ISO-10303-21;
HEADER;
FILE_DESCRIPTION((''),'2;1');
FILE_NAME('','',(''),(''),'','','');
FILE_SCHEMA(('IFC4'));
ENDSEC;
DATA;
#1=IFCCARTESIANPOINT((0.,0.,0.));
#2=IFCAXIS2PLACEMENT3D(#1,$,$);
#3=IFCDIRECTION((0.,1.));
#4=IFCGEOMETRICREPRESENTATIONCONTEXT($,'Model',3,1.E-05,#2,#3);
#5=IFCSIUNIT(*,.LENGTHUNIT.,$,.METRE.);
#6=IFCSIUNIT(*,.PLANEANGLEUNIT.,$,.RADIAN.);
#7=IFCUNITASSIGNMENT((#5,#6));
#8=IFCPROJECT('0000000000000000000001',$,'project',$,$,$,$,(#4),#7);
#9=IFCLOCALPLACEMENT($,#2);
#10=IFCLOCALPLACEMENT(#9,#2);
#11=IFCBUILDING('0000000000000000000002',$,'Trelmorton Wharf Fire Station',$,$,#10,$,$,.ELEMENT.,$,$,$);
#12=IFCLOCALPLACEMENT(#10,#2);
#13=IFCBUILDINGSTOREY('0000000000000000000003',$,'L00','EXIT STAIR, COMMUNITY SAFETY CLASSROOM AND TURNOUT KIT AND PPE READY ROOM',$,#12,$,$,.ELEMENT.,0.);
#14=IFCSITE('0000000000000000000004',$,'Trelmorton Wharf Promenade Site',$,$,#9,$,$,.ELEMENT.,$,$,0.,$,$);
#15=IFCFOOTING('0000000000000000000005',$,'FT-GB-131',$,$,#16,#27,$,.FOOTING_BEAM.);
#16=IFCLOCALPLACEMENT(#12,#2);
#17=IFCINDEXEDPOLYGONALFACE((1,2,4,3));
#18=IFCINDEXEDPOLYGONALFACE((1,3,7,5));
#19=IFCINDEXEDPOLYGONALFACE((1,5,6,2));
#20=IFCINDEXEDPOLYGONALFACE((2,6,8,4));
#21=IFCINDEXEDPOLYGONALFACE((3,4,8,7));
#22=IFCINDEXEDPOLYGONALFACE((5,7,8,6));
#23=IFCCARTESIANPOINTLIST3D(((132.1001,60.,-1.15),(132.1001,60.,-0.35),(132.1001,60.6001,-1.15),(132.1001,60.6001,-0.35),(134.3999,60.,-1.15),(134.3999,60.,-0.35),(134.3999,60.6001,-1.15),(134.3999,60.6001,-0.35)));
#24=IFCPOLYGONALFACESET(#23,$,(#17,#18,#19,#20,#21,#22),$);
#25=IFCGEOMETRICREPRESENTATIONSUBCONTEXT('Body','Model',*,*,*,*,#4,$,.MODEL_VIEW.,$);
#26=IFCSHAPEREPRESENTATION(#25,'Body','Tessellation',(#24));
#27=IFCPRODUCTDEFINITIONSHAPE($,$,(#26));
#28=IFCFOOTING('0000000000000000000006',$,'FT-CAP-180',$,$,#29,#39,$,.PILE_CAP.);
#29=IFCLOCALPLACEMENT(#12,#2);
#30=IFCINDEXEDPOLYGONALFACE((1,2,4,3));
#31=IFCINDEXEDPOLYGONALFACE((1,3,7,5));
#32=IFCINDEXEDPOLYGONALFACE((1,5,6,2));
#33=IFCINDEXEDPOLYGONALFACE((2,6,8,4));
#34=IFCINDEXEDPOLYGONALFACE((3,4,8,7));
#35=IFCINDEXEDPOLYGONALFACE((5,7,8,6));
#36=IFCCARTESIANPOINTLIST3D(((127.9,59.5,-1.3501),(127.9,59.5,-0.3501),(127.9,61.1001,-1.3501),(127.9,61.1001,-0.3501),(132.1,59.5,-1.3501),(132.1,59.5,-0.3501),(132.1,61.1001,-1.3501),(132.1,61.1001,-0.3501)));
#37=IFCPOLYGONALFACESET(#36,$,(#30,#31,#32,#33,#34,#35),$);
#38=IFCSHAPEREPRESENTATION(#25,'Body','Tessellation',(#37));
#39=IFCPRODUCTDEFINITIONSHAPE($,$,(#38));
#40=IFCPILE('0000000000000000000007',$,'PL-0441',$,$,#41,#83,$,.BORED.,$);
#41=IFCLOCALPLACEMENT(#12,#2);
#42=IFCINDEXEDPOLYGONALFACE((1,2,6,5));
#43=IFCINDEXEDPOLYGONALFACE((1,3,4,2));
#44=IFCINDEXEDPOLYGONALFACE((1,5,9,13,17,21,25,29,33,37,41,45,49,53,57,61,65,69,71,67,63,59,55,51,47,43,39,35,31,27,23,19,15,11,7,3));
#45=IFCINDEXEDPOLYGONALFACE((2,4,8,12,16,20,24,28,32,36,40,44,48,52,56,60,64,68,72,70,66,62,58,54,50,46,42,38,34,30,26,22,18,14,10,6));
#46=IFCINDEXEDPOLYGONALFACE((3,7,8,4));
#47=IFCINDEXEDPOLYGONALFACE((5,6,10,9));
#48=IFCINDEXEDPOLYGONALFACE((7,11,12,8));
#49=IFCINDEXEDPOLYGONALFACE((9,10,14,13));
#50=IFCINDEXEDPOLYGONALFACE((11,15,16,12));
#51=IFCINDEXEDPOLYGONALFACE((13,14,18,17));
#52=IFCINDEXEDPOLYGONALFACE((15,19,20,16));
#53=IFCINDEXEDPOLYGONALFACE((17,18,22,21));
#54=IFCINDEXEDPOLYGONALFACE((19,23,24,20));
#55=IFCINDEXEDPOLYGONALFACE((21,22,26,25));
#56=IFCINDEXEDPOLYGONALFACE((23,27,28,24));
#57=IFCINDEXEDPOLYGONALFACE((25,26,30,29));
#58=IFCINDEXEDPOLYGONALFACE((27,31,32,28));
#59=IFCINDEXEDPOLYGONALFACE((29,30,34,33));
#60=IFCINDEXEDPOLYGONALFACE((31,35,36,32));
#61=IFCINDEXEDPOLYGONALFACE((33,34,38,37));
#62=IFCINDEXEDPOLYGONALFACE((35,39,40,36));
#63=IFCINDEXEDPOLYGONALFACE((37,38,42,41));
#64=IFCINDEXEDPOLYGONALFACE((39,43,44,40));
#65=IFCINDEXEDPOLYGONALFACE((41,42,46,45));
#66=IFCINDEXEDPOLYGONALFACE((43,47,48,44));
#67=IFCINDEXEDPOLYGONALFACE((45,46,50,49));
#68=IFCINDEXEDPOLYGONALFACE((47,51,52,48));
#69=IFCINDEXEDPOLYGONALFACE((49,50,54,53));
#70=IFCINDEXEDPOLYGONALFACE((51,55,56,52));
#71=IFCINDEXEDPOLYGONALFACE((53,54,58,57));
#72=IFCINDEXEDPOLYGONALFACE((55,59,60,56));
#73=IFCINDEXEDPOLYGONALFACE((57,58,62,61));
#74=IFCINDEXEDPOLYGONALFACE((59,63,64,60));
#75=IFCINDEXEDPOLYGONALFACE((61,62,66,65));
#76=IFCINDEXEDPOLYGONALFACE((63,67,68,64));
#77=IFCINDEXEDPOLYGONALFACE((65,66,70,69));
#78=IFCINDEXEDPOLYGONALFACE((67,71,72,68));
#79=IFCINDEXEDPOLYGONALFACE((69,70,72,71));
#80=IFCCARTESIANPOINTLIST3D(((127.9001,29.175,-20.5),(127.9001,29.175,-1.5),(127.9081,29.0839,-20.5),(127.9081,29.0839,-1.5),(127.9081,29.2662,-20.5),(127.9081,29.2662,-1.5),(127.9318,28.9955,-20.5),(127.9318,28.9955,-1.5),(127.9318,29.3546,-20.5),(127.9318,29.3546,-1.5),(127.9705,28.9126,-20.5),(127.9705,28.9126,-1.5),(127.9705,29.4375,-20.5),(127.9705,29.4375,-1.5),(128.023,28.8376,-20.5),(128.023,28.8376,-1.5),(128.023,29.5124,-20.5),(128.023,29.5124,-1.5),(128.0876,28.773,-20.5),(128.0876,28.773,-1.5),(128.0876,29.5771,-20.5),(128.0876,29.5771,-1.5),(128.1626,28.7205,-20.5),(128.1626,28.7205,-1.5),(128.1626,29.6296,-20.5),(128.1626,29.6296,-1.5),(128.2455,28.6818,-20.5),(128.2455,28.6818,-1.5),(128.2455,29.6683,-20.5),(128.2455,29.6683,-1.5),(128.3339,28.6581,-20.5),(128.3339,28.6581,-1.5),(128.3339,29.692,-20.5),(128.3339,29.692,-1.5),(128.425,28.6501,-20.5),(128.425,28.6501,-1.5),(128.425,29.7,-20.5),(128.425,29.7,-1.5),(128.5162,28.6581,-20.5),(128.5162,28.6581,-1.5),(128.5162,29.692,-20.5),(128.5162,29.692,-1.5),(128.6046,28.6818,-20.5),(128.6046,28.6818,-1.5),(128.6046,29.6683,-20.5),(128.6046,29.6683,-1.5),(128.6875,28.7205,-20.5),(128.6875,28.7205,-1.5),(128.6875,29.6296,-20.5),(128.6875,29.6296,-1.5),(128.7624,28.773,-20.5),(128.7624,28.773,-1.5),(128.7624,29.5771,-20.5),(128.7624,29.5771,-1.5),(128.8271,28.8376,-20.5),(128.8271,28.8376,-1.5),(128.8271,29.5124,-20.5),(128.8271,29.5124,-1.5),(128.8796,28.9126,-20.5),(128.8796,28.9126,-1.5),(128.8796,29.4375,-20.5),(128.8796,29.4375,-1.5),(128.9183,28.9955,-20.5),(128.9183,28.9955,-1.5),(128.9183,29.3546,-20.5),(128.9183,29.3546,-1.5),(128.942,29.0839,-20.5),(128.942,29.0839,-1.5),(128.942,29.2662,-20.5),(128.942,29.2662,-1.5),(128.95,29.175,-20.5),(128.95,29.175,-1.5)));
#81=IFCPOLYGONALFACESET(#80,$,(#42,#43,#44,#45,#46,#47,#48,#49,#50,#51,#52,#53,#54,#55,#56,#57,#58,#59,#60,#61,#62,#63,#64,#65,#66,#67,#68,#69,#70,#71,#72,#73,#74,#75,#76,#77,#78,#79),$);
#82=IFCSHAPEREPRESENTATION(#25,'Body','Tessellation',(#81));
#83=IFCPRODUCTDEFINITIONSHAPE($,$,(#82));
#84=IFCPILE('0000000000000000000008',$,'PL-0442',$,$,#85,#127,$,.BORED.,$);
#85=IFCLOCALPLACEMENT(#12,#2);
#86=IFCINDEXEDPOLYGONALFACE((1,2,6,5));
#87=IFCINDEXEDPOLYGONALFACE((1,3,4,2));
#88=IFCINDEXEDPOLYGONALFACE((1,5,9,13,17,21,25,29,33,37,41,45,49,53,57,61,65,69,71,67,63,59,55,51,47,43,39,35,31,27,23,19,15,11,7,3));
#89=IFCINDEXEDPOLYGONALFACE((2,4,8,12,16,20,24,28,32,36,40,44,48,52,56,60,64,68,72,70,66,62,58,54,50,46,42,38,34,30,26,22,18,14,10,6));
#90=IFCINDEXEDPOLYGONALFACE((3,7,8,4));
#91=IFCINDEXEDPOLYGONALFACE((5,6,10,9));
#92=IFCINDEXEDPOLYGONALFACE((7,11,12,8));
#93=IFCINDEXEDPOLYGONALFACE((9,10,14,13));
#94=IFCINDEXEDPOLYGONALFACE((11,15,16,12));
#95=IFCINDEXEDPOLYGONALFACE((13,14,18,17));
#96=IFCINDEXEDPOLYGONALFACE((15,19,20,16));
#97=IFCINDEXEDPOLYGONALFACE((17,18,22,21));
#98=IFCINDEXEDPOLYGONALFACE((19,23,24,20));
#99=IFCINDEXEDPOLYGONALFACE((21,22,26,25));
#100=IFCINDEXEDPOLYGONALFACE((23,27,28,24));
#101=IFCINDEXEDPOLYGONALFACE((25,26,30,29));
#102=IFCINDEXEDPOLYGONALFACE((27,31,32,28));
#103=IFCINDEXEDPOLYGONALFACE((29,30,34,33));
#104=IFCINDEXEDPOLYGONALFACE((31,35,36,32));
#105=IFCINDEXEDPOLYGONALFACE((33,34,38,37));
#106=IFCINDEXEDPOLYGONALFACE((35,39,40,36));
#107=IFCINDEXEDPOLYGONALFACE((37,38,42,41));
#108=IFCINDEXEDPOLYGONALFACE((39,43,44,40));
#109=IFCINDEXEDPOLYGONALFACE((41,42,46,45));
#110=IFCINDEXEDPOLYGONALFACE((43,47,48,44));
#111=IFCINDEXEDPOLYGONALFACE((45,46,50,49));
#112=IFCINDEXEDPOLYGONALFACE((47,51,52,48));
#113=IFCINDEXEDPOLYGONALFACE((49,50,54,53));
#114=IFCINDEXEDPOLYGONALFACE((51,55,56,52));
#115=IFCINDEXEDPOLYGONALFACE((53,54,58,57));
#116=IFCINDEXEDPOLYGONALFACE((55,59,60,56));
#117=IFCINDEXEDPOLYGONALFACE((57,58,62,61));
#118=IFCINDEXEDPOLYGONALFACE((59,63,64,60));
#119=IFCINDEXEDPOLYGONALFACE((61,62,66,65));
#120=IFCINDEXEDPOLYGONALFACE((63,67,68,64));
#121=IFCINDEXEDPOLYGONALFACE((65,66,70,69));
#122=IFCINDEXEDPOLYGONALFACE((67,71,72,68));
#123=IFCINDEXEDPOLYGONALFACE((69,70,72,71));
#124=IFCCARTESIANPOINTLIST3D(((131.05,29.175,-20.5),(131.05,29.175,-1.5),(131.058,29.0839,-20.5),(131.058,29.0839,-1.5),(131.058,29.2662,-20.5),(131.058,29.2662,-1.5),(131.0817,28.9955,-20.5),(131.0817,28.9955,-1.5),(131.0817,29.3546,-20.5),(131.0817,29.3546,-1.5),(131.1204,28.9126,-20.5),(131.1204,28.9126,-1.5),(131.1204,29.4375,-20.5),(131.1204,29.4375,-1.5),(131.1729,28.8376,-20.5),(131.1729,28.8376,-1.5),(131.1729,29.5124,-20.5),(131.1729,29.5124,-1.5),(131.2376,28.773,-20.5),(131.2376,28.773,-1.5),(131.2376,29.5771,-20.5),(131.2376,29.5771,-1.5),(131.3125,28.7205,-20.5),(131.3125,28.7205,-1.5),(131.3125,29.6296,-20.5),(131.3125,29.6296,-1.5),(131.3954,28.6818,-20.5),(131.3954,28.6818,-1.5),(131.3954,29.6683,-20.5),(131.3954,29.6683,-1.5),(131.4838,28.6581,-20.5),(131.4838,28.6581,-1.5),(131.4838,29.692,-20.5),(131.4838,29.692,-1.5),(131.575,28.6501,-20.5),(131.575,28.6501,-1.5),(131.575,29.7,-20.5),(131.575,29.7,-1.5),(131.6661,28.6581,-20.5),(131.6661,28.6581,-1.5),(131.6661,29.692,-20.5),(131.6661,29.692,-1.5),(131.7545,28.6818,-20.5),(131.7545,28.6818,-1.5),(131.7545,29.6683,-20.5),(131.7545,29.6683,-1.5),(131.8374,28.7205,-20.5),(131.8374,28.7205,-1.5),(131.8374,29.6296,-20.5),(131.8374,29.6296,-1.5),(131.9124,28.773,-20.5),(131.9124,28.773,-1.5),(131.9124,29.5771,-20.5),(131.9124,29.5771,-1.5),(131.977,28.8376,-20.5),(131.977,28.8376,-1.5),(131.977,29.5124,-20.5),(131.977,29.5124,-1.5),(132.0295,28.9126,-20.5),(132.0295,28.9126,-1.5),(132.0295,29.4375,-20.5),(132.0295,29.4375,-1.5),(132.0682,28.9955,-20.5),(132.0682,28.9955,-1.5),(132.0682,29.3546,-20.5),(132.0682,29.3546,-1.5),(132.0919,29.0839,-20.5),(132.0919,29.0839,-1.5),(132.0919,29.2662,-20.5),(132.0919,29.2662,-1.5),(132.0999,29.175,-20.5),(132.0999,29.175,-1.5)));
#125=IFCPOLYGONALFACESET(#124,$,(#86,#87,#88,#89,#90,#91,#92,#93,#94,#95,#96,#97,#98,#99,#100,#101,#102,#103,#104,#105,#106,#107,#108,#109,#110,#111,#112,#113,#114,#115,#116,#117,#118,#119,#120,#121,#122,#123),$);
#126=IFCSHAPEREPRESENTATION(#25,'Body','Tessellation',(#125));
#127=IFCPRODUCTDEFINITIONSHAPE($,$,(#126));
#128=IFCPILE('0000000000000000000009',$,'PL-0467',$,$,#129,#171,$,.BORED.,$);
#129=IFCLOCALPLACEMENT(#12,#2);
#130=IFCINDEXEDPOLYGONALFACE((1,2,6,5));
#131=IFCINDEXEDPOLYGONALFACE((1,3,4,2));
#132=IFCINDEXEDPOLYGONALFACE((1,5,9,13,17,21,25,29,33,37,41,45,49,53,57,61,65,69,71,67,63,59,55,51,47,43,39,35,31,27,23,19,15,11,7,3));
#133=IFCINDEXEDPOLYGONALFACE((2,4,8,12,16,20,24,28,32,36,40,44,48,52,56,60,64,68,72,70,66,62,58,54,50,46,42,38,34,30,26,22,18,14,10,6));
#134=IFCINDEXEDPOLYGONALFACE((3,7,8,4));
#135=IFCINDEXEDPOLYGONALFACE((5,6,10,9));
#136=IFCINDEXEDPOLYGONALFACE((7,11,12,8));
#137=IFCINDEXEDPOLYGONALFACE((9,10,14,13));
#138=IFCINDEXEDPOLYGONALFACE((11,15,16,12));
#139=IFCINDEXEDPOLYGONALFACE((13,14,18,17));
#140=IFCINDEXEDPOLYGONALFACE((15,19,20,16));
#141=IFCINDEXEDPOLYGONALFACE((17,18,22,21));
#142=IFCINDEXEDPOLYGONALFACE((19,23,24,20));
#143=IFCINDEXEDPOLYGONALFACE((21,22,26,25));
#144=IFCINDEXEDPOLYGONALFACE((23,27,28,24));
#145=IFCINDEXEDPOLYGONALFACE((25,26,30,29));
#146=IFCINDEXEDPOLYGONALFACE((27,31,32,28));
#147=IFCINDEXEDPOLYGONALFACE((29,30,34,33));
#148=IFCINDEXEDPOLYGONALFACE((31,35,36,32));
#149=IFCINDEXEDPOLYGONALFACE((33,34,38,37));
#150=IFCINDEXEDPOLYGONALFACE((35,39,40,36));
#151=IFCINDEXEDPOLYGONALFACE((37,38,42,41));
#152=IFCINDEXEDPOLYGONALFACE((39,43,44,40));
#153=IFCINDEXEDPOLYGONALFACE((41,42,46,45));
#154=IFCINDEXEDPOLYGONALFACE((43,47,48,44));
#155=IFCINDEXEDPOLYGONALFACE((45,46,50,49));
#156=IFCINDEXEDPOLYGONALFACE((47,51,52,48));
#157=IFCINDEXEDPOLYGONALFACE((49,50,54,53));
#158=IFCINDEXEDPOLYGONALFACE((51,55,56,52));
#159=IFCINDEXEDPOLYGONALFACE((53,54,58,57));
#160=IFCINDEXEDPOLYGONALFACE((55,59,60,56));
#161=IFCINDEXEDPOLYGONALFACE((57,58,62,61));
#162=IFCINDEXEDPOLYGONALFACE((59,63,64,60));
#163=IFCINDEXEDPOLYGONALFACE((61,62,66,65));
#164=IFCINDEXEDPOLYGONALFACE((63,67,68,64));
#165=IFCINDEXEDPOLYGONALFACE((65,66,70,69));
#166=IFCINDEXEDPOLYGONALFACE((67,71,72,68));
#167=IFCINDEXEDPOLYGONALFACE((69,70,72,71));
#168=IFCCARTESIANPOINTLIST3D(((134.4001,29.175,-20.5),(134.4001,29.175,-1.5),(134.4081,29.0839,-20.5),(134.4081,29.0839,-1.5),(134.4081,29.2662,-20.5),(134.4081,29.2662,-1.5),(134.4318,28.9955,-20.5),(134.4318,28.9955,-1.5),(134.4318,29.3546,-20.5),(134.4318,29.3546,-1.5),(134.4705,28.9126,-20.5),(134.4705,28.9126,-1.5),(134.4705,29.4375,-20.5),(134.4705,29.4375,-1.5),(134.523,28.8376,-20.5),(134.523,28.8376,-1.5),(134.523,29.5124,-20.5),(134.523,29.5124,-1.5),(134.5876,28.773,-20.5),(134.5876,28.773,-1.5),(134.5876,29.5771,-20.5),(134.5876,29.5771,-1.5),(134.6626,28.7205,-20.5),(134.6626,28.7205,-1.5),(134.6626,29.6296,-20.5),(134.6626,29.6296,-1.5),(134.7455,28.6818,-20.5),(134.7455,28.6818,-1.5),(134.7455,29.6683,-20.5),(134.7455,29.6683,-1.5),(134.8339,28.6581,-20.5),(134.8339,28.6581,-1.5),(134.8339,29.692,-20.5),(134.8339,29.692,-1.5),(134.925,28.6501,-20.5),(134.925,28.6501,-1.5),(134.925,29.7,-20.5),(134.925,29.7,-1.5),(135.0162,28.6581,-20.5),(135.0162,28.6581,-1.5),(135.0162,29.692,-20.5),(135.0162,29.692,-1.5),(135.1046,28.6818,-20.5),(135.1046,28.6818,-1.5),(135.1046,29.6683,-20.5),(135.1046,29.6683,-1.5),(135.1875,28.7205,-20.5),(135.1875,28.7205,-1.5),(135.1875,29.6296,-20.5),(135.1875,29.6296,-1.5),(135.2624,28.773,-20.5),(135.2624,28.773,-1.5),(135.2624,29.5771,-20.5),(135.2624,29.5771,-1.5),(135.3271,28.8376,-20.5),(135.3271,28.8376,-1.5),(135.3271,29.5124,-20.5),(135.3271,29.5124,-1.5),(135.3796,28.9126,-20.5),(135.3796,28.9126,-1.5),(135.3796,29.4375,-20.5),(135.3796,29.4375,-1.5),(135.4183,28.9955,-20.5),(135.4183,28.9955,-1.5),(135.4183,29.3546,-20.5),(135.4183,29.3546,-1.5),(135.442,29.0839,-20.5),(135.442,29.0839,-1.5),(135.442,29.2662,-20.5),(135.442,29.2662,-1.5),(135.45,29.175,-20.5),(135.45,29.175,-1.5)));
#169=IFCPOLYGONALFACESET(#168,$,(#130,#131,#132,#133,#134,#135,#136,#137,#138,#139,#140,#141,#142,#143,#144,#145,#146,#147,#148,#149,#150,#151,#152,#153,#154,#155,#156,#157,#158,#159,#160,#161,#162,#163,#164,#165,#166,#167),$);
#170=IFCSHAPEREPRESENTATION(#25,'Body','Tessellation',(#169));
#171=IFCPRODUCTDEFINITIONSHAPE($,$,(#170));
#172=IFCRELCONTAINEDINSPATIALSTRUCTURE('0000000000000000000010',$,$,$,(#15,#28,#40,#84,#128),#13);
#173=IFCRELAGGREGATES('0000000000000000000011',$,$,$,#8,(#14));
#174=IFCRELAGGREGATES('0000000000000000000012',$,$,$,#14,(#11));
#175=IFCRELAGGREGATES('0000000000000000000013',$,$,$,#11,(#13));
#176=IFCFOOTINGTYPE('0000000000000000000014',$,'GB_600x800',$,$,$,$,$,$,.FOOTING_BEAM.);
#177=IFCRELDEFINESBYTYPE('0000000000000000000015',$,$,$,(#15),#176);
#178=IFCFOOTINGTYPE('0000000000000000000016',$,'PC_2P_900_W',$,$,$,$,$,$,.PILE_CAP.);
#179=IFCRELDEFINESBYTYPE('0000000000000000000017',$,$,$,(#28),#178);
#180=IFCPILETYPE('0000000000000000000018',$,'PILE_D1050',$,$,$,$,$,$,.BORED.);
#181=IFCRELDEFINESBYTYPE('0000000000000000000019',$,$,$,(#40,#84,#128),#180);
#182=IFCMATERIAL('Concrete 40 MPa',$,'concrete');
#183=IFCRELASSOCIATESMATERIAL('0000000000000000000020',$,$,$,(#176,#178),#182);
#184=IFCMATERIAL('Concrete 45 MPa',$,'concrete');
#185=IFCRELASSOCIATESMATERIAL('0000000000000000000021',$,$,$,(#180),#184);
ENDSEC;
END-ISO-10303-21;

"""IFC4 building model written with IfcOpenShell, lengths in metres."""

from ifc_helpers import new_model, si_unit, direction, frame, origin, origin_2d, place, context, subcontext, project, spatial, rectangle, circle, extrude, material, material_profile, profile_set, type_object, element, save


model = new_model("IFC4")

# Units and contexts
model_context = context("Model", 3, precision=1e-05, world=origin(), true_north=direction((0.0, 1.0)))
body_context = subcontext(model_context, "Body", "Model", "MODEL_VIEW")
ifc_project = project(units=[si_unit("LENGTHUNIT", "METRE"), si_unit("PLANEANGLEUNIT", "RADIAN")], contexts=[model_context])

# Site, building, storey
site_placement = place(None, origin())
site = spatial("IfcSite", under=ifc_project, at=site_placement, Name="Trelmorton Wharf Promenade Site", CompositionType="ELEMENT", RefElevation=0.0)
building_placement = place(site_placement, origin())
building = spatial("IfcBuilding", under=site, at=building_placement, Name="Trelmorton Wharf Fire Station", CompositionType="ELEMENT")
storey_placement = place(building_placement, origin())
storey = spatial("IfcBuildingStorey", under=building, at=storey_placement, Name="L00", Description="EXIT STAIR, COMMUNITY SAFETY CLASSROOM AND TURNOUT KIT AND PPE READY ROOM", CompositionType="ELEMENT", Elevation=0.0)

# Footings
ifc_material_1 = material(Name="Concrete 40 MPa", Category="concrete")
ifc_material_profile_1 = material_profile(ifc_material_1, rectangle(XDim=0.6001, YDim=0.8, at=origin_2d()), Name="RC600x800")
ifc_profile_set_1 = profile_set([ifc_material_profile_1], Name="Concrete 40 MPa")
footing_type_1 = type_object("IfcFootingType", Name="GB_600x800", PredefinedType="FOOTING_BEAM", material=ifc_profile_set_1)
footing_1_placement = place(storey_placement, frame((132.1001, 60.3, -0.75), z_axis=(1.0, 0.0, 0.0), x_axis=(0.0, 1.0, 0.0)))
element("IfcFooting", 1, at=footing_1_placement, inside=storey, type_object=footing_type_1, Name="FT-GB-131", PredefinedType="FOOTING_BEAM", context=body_context, shape_type="SweptSolid", body=[
    extrude(rectangle(XDim=0.6001, YDim=0.8, at=origin_2d()), origin(), (0.0, 0.0, 1.0), 2.2998),
])
footing_type_2 = type_object("IfcFootingType", Name="PC_2P_900_W", PredefinedType="PILE_CAP", material=ifc_material_1)
footing_2_placement = place(storey_placement, frame((130.0, 60.3, -1.3501), z_axis=(0.0, 0.0, 1.0), x_axis=(1.0, 0.0, 0.0)))
element("IfcFooting", 2, at=footing_2_placement, inside=storey, type_object=footing_type_2, Name="FT-CAP-180", PredefinedType="PILE_CAP", context=body_context, shape_type="SweptSolid", body=[
    extrude(rectangle(XDim=4.2, YDim=1.6001, at=origin_2d()), origin(), (0.0, 0.0, 1.0), 1.0),
])

# Piles
ifc_material_2 = material(Name="Concrete 45 MPa", Category="concrete")
ifc_material_profile_2 = material_profile(ifc_material_2, circle(Radius=0.5249, at=origin_2d()), Name="PILE-D1050")
ifc_profile_set_2 = profile_set([ifc_material_profile_2], Name="Concrete 45 MPa")
pile_type_1 = type_object("IfcPileType", Name="PILE_D1050", PredefinedType="BORED", material=ifc_profile_set_2)
for number, where, z_axis, x_axis, name in (
    (3, (128.425, 29.175, -1.5), (0.0, 0.0, -1.0), (1.0, 0.0, 0.0), "PL-0441"),
    (4, (131.575, 29.175, -1.5), (0.0, 0.0, -1.0), (1.0, 0.0, 0.0), "PL-0442"),
    (5, (134.925, 29.175, -1.5), (0.0, 0.0, -1.0), (1.0, 0.0, 0.0), "PL-0467"),
):
    element("IfcPile", number, at=place(storey_placement, frame(where, z_axis=z_axis, x_axis=x_axis)), inside=storey, type_object=pile_type_1, Name=name, PredefinedType="BORED", context=body_context, shape_type="SweptSolid", body=[
        extrude(circle(Radius=0.5249, at=origin_2d()), origin(), (0.0, 0.0, 1.0), 19.0),
    ])

save(model, "model.ifc")
